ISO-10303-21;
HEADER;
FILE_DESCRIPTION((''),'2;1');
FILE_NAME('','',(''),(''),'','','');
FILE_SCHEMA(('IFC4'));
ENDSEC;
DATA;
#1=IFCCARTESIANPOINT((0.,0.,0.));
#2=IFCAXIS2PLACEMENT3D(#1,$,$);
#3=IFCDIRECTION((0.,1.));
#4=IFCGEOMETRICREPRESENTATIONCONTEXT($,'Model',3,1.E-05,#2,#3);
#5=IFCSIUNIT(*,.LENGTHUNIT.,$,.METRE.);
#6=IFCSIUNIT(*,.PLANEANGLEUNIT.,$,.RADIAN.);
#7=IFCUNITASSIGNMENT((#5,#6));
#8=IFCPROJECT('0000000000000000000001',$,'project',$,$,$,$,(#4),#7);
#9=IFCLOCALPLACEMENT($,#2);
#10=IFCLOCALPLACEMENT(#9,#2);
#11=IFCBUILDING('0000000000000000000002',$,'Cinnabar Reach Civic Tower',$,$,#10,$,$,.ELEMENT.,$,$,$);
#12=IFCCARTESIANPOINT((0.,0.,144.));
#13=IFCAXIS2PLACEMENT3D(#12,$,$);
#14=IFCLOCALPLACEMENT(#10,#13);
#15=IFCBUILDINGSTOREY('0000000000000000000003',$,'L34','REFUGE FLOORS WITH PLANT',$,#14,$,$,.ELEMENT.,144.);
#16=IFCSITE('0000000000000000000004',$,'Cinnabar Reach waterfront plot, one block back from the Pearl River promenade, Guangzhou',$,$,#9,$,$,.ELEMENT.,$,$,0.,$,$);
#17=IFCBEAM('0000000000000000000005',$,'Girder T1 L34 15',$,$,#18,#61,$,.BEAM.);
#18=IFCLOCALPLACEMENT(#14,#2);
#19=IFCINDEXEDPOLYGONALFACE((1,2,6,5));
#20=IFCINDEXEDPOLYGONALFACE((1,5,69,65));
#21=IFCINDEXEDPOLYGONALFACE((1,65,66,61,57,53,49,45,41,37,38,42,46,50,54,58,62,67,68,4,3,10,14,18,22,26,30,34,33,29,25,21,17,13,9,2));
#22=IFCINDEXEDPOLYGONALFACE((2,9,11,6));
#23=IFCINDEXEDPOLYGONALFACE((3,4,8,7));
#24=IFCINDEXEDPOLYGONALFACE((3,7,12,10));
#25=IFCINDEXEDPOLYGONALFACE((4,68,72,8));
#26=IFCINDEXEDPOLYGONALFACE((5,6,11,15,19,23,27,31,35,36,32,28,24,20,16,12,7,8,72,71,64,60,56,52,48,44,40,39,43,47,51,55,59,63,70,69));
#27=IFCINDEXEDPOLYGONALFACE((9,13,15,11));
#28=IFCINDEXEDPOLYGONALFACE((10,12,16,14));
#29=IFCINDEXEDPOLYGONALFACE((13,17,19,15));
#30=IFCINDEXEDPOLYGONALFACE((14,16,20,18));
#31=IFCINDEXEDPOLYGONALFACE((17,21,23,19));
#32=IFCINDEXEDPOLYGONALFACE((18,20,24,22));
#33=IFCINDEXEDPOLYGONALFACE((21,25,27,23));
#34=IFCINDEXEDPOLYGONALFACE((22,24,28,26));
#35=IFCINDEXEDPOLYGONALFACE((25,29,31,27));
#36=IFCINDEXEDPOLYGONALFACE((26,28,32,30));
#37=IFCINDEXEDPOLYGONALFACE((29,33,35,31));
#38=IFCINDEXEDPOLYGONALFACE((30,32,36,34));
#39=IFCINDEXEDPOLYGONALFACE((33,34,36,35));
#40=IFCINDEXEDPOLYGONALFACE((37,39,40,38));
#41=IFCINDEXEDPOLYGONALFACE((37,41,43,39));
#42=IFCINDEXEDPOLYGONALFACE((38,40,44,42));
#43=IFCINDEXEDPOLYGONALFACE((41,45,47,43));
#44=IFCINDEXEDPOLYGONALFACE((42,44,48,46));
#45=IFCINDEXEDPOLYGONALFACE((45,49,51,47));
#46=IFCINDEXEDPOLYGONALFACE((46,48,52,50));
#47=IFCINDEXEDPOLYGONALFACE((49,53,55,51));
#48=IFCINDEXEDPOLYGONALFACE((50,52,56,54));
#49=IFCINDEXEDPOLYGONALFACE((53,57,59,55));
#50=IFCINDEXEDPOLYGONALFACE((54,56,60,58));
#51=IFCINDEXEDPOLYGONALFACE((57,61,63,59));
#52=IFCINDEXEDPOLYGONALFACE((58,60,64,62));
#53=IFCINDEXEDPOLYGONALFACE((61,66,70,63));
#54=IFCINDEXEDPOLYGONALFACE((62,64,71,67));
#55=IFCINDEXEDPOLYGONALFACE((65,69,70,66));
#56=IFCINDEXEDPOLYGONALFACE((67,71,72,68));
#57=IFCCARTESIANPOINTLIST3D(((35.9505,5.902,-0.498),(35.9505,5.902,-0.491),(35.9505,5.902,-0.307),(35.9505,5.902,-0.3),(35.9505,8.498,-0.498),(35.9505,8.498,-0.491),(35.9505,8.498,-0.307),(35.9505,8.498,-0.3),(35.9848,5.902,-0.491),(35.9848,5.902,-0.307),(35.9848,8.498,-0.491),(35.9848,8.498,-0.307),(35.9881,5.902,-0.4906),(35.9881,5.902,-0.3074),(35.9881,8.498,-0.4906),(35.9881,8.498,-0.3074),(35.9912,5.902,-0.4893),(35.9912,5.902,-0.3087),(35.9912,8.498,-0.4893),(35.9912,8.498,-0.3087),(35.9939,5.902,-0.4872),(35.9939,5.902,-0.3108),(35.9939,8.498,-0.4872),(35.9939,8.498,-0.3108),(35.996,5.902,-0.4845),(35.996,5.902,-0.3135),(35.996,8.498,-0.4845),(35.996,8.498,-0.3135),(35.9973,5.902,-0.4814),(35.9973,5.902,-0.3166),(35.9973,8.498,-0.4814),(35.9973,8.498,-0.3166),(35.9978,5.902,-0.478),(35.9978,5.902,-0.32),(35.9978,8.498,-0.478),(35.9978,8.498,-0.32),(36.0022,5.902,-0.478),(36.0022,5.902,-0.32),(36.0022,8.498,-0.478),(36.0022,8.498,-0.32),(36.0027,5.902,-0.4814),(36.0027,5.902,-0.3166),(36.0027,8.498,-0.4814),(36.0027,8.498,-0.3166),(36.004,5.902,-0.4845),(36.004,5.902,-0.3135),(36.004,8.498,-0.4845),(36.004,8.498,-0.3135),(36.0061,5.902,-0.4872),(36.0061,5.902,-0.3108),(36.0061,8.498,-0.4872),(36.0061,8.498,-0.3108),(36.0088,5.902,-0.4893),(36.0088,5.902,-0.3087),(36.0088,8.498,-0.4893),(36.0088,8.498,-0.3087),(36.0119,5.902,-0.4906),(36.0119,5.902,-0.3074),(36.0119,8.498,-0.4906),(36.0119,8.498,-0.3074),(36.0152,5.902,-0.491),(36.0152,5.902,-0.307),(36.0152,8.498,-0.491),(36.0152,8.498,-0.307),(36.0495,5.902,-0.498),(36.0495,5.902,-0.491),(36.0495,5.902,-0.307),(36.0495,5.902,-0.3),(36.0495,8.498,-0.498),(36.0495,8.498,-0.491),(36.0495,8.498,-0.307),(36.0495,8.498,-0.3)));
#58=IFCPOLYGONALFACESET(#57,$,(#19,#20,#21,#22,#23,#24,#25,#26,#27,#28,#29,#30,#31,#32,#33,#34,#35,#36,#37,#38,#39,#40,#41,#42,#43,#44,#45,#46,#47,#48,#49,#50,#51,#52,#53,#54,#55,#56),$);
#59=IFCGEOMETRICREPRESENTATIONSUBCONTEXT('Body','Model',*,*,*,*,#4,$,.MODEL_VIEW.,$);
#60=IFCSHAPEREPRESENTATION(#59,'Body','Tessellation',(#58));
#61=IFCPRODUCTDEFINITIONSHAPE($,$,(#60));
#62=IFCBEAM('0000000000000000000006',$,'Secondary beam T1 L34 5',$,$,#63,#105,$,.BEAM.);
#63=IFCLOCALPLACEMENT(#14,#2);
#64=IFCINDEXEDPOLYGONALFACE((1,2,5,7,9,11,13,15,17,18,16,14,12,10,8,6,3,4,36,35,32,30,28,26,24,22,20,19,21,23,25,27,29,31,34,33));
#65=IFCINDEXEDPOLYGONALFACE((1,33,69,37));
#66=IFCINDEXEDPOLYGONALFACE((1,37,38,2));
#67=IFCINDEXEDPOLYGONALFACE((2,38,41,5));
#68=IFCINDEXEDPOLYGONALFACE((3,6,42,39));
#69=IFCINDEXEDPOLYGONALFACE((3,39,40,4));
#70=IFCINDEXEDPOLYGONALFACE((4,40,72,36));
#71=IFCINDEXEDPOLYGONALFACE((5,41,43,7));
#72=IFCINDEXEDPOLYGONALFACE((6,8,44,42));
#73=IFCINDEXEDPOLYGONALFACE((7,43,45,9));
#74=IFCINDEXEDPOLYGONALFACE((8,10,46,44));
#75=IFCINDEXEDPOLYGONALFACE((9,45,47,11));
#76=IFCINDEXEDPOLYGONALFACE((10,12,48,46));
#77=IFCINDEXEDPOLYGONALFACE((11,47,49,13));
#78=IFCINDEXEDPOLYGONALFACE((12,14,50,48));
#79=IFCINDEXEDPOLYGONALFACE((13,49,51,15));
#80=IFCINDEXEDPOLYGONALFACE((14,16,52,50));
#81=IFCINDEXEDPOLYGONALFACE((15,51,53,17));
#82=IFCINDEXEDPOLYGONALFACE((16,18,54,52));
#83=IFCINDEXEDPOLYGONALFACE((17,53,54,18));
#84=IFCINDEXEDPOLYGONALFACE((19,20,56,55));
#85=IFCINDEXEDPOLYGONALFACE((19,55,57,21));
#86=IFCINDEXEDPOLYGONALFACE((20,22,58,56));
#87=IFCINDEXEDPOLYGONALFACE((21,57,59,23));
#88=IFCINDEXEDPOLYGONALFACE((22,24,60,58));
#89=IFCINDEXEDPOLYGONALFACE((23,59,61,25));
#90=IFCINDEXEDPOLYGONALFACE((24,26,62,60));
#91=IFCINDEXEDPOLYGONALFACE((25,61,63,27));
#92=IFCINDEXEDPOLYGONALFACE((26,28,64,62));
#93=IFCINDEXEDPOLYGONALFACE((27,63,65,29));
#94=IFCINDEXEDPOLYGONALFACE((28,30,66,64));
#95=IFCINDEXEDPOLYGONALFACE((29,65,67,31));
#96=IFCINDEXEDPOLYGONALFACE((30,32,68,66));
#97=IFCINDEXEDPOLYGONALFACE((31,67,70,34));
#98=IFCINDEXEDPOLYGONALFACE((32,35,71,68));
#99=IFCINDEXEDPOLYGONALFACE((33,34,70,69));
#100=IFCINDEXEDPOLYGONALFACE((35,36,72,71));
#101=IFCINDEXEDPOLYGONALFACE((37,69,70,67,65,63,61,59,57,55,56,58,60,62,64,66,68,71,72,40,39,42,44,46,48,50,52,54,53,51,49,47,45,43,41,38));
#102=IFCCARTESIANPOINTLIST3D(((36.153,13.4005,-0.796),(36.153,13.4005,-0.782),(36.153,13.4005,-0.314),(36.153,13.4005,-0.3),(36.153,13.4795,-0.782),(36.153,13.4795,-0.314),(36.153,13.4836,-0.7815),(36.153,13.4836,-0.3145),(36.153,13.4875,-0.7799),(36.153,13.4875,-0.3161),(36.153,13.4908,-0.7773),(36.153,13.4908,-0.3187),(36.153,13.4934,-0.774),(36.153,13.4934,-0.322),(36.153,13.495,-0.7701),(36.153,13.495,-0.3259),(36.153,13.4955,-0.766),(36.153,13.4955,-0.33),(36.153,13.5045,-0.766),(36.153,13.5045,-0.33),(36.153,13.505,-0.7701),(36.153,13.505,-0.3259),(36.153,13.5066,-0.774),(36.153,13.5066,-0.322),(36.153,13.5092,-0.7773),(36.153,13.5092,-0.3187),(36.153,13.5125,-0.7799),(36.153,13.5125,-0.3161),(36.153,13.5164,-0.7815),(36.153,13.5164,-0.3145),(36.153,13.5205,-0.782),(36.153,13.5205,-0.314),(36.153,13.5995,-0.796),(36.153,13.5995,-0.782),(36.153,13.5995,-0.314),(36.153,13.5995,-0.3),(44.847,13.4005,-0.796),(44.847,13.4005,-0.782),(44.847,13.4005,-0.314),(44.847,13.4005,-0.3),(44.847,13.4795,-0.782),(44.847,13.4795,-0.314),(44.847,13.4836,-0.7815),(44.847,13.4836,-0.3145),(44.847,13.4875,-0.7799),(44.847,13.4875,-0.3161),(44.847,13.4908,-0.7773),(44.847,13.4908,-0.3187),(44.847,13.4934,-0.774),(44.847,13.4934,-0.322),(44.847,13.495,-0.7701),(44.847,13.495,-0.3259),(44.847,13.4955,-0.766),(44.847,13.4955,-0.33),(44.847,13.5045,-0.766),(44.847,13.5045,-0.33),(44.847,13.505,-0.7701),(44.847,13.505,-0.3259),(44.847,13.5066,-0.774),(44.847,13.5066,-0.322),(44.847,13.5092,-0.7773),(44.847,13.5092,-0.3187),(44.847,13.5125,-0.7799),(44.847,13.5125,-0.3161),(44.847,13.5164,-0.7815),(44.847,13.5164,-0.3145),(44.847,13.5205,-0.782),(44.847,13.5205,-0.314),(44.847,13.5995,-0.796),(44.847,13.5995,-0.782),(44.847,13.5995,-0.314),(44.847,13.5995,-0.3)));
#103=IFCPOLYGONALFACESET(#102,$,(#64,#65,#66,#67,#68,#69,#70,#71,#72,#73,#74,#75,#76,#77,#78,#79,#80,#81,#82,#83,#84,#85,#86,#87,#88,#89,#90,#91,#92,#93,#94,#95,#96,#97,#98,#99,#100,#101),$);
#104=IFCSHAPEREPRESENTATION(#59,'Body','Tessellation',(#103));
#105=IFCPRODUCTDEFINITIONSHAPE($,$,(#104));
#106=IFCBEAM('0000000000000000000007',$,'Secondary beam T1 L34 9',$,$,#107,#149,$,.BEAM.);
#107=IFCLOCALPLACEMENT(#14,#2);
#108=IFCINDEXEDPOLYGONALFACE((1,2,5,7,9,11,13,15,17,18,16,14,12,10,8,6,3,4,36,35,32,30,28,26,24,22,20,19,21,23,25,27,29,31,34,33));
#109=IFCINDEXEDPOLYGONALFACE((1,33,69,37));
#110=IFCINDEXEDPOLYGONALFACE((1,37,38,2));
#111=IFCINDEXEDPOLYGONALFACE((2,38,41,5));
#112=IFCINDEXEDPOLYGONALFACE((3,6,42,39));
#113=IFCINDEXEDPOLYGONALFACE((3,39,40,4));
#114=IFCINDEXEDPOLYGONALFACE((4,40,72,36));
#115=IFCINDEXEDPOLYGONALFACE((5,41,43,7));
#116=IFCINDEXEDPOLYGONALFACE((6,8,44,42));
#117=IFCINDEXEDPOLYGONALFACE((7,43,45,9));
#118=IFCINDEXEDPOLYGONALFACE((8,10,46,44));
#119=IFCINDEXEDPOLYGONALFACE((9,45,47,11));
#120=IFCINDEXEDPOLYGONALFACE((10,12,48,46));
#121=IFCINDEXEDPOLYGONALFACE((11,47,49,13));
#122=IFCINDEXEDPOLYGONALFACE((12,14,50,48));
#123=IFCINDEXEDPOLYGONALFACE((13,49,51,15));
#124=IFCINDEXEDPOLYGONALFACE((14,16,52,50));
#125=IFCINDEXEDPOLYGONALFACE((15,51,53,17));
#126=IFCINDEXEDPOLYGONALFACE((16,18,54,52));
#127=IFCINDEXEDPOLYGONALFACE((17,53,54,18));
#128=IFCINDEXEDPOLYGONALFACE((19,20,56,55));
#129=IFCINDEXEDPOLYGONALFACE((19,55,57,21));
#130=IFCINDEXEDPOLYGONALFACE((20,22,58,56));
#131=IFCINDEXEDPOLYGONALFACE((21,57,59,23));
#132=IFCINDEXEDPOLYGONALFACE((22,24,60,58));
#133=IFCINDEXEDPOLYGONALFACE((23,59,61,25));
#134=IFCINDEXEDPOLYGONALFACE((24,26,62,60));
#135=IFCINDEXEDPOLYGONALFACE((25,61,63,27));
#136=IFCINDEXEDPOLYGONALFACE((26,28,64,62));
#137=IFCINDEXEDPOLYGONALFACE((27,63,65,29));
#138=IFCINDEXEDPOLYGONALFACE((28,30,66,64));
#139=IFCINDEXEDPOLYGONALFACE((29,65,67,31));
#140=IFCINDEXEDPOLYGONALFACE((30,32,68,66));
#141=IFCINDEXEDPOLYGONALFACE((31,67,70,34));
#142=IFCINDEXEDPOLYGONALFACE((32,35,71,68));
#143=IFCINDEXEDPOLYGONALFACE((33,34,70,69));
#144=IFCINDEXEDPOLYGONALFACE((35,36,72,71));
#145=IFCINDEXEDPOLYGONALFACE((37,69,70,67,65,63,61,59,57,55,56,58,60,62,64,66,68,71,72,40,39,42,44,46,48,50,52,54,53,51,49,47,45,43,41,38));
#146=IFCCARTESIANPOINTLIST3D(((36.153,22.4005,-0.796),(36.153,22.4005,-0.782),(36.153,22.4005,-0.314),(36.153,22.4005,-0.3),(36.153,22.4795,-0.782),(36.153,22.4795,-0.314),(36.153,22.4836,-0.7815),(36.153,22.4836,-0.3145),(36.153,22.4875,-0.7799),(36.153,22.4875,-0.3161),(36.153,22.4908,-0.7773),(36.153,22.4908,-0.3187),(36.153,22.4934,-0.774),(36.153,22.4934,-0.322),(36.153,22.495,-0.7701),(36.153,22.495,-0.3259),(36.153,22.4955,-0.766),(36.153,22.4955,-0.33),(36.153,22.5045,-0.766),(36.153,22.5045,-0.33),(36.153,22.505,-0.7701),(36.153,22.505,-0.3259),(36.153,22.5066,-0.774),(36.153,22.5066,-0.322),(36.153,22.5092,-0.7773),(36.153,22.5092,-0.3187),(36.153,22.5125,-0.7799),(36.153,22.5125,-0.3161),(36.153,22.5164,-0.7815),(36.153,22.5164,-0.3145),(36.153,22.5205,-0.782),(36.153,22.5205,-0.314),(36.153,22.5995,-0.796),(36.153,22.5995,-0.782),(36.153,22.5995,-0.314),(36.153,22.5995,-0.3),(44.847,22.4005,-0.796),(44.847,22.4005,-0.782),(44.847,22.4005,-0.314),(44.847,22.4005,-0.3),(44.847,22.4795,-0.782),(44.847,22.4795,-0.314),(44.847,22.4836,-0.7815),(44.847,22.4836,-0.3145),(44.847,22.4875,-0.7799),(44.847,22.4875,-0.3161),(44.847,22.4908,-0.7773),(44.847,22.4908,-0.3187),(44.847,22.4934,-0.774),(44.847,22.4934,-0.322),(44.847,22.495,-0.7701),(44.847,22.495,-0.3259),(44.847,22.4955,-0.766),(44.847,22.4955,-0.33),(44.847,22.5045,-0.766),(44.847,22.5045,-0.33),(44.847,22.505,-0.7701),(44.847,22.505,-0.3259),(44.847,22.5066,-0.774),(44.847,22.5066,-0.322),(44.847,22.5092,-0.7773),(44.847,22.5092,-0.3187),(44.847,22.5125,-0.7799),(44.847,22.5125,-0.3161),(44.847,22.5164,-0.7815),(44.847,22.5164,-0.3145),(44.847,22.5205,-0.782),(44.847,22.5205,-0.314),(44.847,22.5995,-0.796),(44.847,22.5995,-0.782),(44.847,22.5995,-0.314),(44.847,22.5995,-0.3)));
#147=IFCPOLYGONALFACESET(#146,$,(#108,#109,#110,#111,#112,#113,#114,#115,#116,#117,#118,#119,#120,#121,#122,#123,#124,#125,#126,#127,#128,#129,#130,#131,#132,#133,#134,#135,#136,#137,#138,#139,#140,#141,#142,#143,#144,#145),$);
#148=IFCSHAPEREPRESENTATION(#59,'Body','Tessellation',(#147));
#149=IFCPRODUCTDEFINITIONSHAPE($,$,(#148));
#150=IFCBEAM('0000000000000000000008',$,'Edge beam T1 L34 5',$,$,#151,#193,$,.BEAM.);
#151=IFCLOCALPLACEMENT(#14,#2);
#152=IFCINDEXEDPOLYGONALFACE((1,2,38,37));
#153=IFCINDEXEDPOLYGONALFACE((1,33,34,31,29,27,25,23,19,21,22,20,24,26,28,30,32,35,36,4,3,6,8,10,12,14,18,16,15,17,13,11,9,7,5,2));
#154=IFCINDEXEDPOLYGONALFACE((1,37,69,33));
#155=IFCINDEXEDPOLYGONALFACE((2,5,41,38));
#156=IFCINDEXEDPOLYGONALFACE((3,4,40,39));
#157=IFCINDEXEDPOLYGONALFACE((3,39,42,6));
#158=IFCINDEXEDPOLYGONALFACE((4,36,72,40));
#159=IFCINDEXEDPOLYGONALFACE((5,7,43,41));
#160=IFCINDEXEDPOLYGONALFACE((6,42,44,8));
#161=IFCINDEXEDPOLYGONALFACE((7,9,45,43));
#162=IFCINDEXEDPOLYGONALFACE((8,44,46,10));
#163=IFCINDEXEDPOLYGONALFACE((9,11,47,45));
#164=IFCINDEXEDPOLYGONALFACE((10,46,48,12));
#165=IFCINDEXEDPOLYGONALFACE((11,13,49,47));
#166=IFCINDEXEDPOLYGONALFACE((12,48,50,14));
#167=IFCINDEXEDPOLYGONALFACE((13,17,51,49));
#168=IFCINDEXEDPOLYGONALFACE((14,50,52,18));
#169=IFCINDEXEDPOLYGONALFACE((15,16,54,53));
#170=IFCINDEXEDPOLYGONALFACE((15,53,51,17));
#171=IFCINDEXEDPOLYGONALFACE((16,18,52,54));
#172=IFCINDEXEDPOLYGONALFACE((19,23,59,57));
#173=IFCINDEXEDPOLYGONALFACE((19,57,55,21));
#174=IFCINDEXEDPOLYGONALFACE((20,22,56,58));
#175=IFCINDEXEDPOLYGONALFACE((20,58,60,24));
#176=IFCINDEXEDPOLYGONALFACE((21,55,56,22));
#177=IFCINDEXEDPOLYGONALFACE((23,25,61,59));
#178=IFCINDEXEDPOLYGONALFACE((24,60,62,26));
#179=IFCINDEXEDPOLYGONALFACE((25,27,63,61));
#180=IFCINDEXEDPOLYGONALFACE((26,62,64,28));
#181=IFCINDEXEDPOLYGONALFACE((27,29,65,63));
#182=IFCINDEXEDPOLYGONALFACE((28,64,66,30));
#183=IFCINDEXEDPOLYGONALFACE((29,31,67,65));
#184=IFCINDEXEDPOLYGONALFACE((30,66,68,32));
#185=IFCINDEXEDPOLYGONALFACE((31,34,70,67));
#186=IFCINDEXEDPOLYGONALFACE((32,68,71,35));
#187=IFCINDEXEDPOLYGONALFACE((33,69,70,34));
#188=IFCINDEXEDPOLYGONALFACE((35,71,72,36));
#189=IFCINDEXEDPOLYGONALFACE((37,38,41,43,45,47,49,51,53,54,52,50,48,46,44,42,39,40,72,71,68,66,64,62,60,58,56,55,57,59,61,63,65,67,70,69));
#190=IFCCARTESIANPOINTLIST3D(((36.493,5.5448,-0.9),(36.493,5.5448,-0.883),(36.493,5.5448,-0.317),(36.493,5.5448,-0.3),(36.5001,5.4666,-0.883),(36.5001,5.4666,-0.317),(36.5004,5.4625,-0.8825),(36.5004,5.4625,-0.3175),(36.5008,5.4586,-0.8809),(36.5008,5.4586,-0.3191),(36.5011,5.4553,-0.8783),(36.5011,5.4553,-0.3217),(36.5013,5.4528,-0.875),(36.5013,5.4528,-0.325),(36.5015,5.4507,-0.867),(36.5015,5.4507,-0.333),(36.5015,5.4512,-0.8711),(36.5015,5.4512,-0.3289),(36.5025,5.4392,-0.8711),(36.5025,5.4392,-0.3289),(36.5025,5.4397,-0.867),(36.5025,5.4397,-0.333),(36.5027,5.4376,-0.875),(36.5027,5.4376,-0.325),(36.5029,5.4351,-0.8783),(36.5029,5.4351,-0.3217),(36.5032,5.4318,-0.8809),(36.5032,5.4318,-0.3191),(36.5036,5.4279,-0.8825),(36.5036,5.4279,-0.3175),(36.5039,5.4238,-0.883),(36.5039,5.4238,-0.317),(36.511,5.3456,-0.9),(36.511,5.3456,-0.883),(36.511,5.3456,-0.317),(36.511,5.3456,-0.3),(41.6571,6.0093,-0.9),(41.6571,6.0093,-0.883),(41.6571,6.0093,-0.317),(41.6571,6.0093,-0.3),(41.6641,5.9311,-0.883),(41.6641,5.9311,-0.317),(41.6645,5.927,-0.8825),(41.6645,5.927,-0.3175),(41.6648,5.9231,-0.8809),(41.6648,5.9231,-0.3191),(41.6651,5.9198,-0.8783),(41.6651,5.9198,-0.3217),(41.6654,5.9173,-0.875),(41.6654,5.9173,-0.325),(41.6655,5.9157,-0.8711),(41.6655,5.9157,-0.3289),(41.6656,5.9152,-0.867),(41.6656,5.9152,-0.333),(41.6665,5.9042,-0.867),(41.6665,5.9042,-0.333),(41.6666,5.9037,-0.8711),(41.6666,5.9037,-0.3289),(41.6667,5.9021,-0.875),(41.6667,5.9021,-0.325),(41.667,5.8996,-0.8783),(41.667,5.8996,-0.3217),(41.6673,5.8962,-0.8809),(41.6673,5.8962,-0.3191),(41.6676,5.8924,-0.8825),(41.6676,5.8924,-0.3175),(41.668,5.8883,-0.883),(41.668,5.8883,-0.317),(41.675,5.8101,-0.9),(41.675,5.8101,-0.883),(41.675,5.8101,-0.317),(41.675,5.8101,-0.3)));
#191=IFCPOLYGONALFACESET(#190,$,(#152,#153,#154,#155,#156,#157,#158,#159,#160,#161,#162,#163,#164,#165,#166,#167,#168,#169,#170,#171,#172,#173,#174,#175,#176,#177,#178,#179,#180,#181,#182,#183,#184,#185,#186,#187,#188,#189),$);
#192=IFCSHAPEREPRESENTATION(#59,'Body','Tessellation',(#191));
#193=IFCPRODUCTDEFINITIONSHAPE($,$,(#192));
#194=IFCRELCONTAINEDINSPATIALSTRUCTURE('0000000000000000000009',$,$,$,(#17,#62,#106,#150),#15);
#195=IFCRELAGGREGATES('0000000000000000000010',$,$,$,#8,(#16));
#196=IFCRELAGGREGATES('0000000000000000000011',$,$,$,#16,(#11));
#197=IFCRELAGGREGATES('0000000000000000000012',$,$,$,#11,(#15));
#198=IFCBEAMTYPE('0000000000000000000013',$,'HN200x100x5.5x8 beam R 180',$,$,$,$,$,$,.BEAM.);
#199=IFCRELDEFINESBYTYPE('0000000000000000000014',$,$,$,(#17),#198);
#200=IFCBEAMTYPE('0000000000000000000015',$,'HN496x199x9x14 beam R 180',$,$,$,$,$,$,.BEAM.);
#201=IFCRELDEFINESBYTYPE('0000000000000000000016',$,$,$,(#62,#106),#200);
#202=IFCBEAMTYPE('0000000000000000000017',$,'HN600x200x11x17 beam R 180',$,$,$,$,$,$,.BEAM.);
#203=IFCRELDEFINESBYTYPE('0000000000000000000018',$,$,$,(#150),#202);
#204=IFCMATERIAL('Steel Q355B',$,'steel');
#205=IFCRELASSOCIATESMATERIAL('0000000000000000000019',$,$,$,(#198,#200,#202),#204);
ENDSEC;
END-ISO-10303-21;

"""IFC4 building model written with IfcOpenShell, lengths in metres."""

from ifc_helpers import new_model, si_unit, direction, frame, origin, origin_2d, place, context, subcontext, project, spatial, i_section, extrude, material, material_profile, profile_set, type_object, element, save


model = new_model("IFC4")

# Units and contexts
model_context = context("Model", 3, precision=1e-05, world=origin(), true_north=direction((0.0, 1.0)))
body_context = subcontext(model_context, "Body", "Model", "MODEL_VIEW")
ifc_project = project(units=[si_unit("LENGTHUNIT", "METRE"), si_unit("PLANEANGLEUNIT", "RADIAN")], contexts=[model_context])

# Site, building, storey
site_placement = place(None, origin())
site = spatial("IfcSite", under=ifc_project, at=site_placement, Name="Cinnabar Reach waterfront plot, one block back from the Pearl River promenade, Guangzhou", CompositionType="ELEMENT", RefElevation=0.0)
building_placement = place(site_placement, origin())
building = spatial("IfcBuilding", under=site, at=building_placement, Name="Cinnabar Reach Civic Tower", CompositionType="ELEMENT")
storey_placement = place(building_placement, frame((0.0, 0.0, 144.0)))
storey = spatial("IfcBuildingStorey", under=building, at=storey_placement, Name="L34", Description="REFUGE FLOORS WITH PLANT", CompositionType="ELEMENT", Elevation=144.0)

# Beams
ifc_material_1 = material(Name="Steel Q355B", Category="steel")
ifc_material_profile_1 = material_profile(ifc_material_1, i_section(OverallWidth=0.099, OverallDepth=0.198, WebThickness=0.0045, FlangeThickness=0.007, FilletRadius=0.013, at=origin_2d()), Name="HN200x100x5.5x8")
ifc_profile_set_1 = profile_set([ifc_material_profile_1], Name="Steel Q355B")
beam_type_1 = type_object("IfcBeamType", Name="HN200x100x5.5x8 beam R 180", PredefinedType="BEAM", material=ifc_profile_set_1)
beam_1_placement = place(storey_placement, frame((36.0, 5.902, -0.399), z_axis=(0.0, 1.0, 0.0), x_axis=(-1.0, 0.0, 0.0)))
element("IfcBeam", 1, at=beam_1_placement, inside=storey, type_object=beam_type_1, Name="Girder T1 L34 15", PredefinedType="BEAM", context=body_context, shape_type="SweptSolid", body=[
    extrude(i_section(OverallWidth=0.099, OverallDepth=0.198, WebThickness=0.0045, FlangeThickness=0.007, FilletRadius=0.013, at=origin_2d()), origin(), (0.0, 0.0, 1.0), 2.596),
])
ifc_material_profile_2 = material_profile(ifc_material_1, i_section(OverallWidth=0.199, OverallDepth=0.496, WebThickness=0.009, FlangeThickness=0.014, FilletRadius=0.016, at=origin_2d()), Name="HN496x199x9x14")
ifc_profile_set_2 = profile_set([ifc_material_profile_2], Name="Steel Q355B")
beam_type_2 = type_object("IfcBeamType", Name="HN496x199x9x14 beam R 180", PredefinedType="BEAM", material=ifc_profile_set_2)
for number, where, z_axis, x_axis, name in (
    (2, (36.153, 13.5, -0.548), (1.0, 0.0, 0.0), (0.0, 1.0, 0.0), "Secondary beam T1 L34 5"),
    (3, (36.153, 22.5, -0.548), (1.0, 0.0, 0.0), (0.0, 1.0, 0.0), "Secondary beam T1 L34 9"),
):
    element("IfcBeam", number, at=place(storey_placement, frame(where, z_axis=z_axis, x_axis=x_axis)), inside=storey, type_object=beam_type_2, Name=name, PredefinedType="BEAM", context=body_context, shape_type="SweptSolid", body=[
        extrude(i_section(OverallWidth=0.199, OverallDepth=0.496, WebThickness=0.009, FlangeThickness=0.014, FilletRadius=0.016, at=origin_2d()), origin(), (0.0, 0.0, 1.0), 8.694),
    ])
ifc_material_profile_3 = material_profile(ifc_material_1, i_section(OverallWidth=0.2, OverallDepth=0.6, WebThickness=0.011, FlangeThickness=0.017, FilletRadius=0.016, at=origin_2d()), Name="HN600x200x11x17")
ifc_profile_set_3 = profile_set([ifc_material_profile_3], Name="Steel Q355B")
beam_type_3 = type_object("IfcBeamType", Name="HN600x200x11x17 beam R 180", PredefinedType="BEAM", material=ifc_profile_set_3)
beam_2_placement = place(storey_placement, frame((36.502, 5.4452, -0.6), z_axis=(0.995979, 0.089586, 0.0), x_axis=(-0.089586, 0.995979, 0.0)))
element("IfcBeam", 4, at=beam_2_placement, inside=storey, type_object=beam_type_3, Name="Edge beam T1 L34 5", PredefinedType="BEAM", context=body_context, shape_type="SweptSolid", body=[
    extrude(i_section(OverallWidth=0.2, OverallDepth=0.6, WebThickness=0.011, FlangeThickness=0.017, FilletRadius=0.016, at=origin_2d()), origin(), (0.0, 0.0, 1.0), 5.1849),
])

save(model, "model.ifc")
